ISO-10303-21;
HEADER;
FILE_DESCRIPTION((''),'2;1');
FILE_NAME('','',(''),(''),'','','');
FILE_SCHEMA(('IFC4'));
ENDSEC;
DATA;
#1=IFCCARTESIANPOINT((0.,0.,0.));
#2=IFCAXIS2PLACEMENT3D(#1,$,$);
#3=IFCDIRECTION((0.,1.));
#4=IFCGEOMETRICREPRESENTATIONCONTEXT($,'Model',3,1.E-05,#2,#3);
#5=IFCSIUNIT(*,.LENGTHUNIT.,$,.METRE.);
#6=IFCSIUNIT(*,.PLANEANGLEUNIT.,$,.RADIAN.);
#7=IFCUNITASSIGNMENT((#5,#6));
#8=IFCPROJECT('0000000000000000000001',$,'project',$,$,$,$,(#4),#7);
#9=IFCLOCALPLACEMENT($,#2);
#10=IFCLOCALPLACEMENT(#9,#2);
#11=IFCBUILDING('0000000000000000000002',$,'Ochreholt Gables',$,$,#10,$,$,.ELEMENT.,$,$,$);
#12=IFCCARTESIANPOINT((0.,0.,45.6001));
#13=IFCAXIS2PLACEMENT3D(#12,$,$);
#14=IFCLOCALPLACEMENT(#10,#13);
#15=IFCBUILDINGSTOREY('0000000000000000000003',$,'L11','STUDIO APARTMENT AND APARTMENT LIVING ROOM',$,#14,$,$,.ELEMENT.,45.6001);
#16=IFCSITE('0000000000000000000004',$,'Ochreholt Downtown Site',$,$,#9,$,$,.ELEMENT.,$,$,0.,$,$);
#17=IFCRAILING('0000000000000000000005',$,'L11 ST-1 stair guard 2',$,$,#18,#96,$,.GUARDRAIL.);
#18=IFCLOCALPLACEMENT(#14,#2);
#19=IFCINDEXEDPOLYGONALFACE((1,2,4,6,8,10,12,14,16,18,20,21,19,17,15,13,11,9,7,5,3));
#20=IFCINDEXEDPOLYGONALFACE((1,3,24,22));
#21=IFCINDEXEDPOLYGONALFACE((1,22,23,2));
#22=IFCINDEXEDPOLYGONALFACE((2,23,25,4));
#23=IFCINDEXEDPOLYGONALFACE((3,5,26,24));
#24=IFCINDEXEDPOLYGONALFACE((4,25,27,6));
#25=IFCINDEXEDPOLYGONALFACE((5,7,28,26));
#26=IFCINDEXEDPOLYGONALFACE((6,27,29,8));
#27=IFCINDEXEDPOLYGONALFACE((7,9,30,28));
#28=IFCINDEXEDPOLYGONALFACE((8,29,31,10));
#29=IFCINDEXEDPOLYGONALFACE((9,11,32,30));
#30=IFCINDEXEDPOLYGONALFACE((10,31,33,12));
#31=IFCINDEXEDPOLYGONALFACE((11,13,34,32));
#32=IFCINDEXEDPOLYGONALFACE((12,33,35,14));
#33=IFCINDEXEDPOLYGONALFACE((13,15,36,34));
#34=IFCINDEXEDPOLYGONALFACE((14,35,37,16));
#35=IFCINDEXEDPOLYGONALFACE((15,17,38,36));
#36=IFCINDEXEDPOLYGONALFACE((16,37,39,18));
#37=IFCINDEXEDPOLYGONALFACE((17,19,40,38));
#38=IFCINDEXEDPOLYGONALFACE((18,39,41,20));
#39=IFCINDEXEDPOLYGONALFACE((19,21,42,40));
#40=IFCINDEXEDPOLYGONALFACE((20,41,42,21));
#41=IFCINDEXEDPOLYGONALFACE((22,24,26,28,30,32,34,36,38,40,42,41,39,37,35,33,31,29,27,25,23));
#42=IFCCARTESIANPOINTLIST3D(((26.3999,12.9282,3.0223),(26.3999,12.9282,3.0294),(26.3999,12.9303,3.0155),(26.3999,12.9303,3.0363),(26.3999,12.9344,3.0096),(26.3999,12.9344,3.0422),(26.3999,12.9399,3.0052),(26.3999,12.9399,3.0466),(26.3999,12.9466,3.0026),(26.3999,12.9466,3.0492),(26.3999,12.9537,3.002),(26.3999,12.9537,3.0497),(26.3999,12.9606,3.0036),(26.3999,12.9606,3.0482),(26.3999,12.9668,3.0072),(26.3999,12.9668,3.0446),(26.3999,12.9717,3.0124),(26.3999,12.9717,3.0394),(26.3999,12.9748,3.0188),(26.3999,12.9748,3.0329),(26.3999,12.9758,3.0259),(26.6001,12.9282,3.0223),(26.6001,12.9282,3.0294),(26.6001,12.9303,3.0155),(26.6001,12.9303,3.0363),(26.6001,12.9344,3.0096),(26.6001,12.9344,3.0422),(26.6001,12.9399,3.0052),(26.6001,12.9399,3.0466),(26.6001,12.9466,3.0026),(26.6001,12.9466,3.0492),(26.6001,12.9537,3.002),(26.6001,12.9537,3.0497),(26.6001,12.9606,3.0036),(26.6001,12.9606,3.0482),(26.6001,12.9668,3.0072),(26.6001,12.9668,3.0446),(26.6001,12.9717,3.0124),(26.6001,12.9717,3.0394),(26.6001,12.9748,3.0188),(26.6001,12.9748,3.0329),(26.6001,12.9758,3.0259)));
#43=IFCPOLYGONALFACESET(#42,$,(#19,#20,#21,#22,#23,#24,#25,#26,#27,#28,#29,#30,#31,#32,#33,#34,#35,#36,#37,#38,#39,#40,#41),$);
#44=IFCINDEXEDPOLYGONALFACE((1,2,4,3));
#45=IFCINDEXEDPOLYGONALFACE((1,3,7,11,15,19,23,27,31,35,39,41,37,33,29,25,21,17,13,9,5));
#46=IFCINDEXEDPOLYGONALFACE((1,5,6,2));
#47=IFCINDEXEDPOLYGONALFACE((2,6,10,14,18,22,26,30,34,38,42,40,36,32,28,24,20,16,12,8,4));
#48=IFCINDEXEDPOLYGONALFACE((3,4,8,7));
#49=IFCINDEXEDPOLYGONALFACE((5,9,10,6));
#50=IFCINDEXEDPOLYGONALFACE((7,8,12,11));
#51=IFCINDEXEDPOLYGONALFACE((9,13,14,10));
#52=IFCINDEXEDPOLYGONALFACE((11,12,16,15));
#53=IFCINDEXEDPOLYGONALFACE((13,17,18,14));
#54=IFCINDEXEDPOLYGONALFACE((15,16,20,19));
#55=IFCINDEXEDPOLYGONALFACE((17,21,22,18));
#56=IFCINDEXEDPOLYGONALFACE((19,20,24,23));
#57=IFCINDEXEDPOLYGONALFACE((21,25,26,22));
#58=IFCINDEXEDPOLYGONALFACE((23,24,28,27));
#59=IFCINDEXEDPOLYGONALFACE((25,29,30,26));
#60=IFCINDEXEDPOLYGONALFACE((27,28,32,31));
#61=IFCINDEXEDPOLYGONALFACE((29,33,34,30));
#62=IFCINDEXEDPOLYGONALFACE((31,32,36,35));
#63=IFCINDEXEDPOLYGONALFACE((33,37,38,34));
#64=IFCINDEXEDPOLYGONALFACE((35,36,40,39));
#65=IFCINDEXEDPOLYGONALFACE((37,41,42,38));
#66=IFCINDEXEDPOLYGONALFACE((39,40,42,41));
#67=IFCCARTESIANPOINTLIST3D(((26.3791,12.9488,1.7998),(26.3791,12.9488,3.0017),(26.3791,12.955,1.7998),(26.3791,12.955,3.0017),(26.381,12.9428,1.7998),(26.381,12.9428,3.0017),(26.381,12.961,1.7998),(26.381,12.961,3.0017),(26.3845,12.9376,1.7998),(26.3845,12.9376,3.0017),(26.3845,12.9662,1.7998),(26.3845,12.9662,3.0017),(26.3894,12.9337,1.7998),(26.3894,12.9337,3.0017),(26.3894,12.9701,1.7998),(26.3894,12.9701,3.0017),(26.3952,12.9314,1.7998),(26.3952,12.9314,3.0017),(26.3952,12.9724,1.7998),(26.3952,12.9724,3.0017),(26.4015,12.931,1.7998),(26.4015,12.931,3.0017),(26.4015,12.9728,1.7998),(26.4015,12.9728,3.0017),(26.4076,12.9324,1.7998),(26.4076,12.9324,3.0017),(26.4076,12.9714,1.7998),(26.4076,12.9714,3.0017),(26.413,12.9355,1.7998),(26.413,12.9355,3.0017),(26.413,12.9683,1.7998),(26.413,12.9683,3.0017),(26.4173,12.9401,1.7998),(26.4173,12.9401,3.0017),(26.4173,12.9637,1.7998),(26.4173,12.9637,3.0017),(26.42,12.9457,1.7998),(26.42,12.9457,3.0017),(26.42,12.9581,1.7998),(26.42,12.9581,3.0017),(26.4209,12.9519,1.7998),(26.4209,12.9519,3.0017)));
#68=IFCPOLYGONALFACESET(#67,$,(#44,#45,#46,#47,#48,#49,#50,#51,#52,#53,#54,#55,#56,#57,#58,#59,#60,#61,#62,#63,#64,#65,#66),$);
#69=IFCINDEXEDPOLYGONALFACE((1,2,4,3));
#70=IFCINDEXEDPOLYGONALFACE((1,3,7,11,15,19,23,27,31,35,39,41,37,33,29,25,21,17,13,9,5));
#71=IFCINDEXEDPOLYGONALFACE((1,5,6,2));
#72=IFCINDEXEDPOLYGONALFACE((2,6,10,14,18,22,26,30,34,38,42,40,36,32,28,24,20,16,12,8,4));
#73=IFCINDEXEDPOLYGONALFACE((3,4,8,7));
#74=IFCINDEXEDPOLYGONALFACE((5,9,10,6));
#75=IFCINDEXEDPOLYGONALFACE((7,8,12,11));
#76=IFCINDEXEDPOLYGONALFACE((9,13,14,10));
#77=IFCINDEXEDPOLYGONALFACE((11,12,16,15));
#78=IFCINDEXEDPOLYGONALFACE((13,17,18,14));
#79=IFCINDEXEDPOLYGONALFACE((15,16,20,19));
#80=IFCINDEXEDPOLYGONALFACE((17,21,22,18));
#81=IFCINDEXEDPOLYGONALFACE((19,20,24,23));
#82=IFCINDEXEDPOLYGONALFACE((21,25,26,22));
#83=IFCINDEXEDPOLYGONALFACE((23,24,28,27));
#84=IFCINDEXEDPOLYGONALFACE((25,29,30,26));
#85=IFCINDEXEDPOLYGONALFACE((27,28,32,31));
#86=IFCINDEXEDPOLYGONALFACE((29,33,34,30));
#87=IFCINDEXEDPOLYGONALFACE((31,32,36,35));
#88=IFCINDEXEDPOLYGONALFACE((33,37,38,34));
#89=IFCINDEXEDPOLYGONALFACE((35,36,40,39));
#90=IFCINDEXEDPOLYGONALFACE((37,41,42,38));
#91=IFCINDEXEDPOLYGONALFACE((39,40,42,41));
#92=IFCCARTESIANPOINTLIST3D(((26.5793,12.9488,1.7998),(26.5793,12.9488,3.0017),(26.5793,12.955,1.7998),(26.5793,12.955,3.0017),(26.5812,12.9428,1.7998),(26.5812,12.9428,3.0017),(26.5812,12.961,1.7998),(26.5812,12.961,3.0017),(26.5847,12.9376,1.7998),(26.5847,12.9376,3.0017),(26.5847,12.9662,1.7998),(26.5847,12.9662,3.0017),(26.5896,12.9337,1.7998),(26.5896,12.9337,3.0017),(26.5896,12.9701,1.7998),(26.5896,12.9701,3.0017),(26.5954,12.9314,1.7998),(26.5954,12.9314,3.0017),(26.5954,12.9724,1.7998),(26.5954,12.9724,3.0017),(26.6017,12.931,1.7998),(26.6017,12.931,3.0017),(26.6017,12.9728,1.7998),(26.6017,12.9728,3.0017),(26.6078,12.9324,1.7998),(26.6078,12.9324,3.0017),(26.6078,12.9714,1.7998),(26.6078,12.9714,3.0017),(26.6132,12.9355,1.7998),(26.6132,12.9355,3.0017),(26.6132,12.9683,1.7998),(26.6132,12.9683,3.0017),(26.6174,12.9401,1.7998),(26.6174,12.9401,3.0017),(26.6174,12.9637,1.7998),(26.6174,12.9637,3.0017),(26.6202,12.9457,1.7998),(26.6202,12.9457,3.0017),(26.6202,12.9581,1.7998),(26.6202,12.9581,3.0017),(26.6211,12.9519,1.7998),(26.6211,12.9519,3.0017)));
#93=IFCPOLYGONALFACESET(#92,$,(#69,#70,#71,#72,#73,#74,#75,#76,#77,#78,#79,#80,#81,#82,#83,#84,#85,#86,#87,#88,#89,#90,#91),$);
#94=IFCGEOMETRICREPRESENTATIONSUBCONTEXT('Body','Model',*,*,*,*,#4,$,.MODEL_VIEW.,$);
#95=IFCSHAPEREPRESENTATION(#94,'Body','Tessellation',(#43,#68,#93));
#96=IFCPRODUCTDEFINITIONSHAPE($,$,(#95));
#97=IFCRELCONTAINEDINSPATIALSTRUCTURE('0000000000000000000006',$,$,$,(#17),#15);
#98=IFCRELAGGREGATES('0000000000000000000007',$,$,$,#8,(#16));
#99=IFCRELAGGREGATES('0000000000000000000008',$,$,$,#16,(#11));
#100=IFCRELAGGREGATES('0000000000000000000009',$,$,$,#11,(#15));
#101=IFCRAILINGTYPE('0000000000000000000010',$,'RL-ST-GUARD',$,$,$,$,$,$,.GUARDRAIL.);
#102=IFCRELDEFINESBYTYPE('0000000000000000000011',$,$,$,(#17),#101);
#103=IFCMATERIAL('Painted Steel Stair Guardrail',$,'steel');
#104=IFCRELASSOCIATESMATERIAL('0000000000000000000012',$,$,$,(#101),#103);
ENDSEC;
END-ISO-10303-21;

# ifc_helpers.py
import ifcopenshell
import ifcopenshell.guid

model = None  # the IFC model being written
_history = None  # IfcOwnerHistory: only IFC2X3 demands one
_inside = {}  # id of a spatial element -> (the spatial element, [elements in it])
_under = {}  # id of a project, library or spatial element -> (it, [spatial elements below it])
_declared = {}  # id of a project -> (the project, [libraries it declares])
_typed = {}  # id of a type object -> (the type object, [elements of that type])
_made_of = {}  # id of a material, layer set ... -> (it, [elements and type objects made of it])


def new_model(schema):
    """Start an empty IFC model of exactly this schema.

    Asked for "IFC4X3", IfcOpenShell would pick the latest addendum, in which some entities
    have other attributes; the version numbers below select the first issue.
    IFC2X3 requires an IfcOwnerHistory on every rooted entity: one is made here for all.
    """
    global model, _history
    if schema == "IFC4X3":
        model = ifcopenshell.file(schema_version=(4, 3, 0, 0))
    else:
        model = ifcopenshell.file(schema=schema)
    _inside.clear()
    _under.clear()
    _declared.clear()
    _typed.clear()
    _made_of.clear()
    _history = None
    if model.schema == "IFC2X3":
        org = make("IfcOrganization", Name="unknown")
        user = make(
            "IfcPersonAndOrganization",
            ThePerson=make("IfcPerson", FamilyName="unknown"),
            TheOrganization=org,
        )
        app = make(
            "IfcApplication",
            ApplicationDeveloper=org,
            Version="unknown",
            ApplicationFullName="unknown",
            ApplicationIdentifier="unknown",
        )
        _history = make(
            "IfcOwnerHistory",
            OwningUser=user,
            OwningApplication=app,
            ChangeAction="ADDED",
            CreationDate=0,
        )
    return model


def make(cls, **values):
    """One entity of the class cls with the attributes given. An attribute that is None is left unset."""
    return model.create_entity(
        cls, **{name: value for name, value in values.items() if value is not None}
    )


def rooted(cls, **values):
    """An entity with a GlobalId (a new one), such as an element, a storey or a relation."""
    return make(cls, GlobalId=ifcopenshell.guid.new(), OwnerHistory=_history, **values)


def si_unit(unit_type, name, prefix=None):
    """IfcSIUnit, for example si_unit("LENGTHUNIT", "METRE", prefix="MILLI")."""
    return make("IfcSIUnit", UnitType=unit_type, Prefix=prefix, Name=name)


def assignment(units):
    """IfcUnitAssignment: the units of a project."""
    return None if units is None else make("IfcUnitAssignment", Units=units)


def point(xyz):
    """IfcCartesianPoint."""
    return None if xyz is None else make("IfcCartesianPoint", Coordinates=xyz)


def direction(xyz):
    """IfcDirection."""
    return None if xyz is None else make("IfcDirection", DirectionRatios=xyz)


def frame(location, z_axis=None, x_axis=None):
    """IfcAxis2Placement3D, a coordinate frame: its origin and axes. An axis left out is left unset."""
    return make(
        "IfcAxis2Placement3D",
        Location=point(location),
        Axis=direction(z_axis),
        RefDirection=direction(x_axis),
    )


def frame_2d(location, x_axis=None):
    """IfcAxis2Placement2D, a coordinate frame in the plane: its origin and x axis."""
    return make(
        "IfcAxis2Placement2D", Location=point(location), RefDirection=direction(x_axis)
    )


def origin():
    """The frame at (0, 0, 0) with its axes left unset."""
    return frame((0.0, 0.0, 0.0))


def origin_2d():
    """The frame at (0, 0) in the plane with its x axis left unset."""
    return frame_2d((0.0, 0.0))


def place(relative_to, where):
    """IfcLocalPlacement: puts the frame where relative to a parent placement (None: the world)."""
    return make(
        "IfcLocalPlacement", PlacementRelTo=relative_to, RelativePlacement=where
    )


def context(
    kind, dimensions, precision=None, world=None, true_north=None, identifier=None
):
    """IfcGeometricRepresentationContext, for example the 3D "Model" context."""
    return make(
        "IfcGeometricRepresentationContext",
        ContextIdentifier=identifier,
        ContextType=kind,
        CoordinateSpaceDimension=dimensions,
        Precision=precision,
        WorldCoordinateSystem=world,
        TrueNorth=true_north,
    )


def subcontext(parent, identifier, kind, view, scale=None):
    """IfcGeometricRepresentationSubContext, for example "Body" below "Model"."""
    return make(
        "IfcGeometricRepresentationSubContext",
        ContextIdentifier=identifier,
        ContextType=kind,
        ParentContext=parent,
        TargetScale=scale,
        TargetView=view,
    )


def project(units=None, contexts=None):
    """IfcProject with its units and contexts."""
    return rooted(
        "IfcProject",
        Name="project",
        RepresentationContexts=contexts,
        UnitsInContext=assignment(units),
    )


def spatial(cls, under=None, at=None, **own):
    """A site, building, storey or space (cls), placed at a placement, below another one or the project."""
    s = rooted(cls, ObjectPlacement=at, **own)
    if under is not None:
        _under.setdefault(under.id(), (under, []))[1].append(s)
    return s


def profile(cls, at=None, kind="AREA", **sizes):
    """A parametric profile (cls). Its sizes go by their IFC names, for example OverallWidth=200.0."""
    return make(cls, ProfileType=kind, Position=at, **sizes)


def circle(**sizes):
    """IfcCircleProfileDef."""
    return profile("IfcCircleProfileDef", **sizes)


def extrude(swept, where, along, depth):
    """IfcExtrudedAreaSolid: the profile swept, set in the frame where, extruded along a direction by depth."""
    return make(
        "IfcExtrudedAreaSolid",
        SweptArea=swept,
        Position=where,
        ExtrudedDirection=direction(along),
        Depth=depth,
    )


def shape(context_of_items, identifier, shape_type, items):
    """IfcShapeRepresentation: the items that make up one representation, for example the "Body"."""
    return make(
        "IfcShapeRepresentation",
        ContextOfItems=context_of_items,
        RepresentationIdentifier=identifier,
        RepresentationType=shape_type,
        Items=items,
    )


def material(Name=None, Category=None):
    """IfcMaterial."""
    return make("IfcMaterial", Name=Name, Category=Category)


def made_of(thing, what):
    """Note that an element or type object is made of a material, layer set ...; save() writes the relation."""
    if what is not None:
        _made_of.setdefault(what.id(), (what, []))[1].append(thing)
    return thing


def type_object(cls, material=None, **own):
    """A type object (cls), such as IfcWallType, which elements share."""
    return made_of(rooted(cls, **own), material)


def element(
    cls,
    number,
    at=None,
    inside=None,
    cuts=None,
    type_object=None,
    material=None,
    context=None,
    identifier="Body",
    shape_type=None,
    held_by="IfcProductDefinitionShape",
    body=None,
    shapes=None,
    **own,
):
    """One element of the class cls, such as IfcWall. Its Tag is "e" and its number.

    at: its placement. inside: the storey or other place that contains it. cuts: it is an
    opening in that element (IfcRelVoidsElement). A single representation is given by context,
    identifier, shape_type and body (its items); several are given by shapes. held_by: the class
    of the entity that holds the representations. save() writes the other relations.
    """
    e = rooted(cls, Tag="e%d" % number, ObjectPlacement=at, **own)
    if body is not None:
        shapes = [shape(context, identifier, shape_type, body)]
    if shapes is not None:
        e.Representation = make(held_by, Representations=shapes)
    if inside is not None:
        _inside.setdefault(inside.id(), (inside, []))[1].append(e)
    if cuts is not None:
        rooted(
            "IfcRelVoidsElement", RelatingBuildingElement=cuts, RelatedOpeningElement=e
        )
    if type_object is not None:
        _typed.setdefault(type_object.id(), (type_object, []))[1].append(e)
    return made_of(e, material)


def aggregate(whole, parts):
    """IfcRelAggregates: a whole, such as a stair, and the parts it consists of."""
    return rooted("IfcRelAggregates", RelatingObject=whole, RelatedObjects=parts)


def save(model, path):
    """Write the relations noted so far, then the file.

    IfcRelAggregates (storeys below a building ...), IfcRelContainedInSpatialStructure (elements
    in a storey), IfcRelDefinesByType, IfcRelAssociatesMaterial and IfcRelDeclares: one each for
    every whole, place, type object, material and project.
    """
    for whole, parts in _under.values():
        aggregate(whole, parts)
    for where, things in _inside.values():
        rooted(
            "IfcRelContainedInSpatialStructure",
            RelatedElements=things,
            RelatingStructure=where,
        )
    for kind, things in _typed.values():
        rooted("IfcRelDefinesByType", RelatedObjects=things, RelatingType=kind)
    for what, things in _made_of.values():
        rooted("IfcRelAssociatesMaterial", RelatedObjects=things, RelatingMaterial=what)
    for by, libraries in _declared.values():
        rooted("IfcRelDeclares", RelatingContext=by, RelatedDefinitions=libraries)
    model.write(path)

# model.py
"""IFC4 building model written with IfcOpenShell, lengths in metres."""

from ifc_helpers import new_model, si_unit, direction, frame, origin, origin_2d, place, context, subcontext, project, spatial, circle, extrude, material, type_object, element, save


model = new_model("IFC4")

# Units and contexts
model_context = context("Model", 3, precision=1e-05, world=origin(), true_north=direction((0.0, 1.0)))
body_context = subcontext(model_context, "Body", "Model", "MODEL_VIEW")
ifc_project = project(units=[si_unit("LENGTHUNIT", "METRE"), si_unit("PLANEANGLEUNIT", "RADIAN")], contexts=[model_context])

# Site, building, storey
site_placement = place(None, origin())
site = spatial("IfcSite", under=ifc_project, at=site_placement, Name="Ochreholt Downtown Site", CompositionType="ELEMENT", RefElevation=0.0)
building_placement = place(site_placement, origin())
building = spatial("IfcBuilding", under=site, at=building_placement, Name="Ochreholt Gables", CompositionType="ELEMENT")
storey_placement = place(building_placement, frame((0.0, 0.0, 45.6001)))
storey = spatial("IfcBuildingStorey", under=building, at=storey_placement, Name="L11", Description="STUDIO APARTMENT AND APARTMENT LIVING ROOM", CompositionType="ELEMENT", Elevation=45.6001)

# Railing
ifc_material_1 = material(Name="Painted Steel Stair Guardrail", Category="steel")
railing_type_1 = type_object("IfcRailingType", Name="RL-ST-GUARD", PredefinedType="GUARDRAIL", material=ifc_material_1)
railing_1_placement = place(storey_placement, frame((26.3999, 12.9519, 1.7998)))
element("IfcRailing", 1, at=railing_1_placement, inside=storey, type_object=railing_type_1, Name="L11 ST-1 stair guard 2", PredefinedType="GUARDRAIL", context=body_context, shape_type="SweptSolid", body=[
    extrude(circle(Radius=0.0239, at=origin_2d()), frame((0.0, 0.0, 1.2261), z_axis=(1.0, 0.0, 0.0), x_axis=(0.0, 1.0, 0.0)), (0.0, 0.0, 1.0), 0.2002),
    extrude(circle(Radius=0.021, at=origin_2d()), origin(), (0.0, 0.0, 1.0), 1.2019),
    extrude(circle(Radius=0.021, at=origin_2d()), frame((0.2002, 0.0, 0.0)), (0.0, 0.0, 1.0), 1.2019),
])

save(model, "model.ifc")
